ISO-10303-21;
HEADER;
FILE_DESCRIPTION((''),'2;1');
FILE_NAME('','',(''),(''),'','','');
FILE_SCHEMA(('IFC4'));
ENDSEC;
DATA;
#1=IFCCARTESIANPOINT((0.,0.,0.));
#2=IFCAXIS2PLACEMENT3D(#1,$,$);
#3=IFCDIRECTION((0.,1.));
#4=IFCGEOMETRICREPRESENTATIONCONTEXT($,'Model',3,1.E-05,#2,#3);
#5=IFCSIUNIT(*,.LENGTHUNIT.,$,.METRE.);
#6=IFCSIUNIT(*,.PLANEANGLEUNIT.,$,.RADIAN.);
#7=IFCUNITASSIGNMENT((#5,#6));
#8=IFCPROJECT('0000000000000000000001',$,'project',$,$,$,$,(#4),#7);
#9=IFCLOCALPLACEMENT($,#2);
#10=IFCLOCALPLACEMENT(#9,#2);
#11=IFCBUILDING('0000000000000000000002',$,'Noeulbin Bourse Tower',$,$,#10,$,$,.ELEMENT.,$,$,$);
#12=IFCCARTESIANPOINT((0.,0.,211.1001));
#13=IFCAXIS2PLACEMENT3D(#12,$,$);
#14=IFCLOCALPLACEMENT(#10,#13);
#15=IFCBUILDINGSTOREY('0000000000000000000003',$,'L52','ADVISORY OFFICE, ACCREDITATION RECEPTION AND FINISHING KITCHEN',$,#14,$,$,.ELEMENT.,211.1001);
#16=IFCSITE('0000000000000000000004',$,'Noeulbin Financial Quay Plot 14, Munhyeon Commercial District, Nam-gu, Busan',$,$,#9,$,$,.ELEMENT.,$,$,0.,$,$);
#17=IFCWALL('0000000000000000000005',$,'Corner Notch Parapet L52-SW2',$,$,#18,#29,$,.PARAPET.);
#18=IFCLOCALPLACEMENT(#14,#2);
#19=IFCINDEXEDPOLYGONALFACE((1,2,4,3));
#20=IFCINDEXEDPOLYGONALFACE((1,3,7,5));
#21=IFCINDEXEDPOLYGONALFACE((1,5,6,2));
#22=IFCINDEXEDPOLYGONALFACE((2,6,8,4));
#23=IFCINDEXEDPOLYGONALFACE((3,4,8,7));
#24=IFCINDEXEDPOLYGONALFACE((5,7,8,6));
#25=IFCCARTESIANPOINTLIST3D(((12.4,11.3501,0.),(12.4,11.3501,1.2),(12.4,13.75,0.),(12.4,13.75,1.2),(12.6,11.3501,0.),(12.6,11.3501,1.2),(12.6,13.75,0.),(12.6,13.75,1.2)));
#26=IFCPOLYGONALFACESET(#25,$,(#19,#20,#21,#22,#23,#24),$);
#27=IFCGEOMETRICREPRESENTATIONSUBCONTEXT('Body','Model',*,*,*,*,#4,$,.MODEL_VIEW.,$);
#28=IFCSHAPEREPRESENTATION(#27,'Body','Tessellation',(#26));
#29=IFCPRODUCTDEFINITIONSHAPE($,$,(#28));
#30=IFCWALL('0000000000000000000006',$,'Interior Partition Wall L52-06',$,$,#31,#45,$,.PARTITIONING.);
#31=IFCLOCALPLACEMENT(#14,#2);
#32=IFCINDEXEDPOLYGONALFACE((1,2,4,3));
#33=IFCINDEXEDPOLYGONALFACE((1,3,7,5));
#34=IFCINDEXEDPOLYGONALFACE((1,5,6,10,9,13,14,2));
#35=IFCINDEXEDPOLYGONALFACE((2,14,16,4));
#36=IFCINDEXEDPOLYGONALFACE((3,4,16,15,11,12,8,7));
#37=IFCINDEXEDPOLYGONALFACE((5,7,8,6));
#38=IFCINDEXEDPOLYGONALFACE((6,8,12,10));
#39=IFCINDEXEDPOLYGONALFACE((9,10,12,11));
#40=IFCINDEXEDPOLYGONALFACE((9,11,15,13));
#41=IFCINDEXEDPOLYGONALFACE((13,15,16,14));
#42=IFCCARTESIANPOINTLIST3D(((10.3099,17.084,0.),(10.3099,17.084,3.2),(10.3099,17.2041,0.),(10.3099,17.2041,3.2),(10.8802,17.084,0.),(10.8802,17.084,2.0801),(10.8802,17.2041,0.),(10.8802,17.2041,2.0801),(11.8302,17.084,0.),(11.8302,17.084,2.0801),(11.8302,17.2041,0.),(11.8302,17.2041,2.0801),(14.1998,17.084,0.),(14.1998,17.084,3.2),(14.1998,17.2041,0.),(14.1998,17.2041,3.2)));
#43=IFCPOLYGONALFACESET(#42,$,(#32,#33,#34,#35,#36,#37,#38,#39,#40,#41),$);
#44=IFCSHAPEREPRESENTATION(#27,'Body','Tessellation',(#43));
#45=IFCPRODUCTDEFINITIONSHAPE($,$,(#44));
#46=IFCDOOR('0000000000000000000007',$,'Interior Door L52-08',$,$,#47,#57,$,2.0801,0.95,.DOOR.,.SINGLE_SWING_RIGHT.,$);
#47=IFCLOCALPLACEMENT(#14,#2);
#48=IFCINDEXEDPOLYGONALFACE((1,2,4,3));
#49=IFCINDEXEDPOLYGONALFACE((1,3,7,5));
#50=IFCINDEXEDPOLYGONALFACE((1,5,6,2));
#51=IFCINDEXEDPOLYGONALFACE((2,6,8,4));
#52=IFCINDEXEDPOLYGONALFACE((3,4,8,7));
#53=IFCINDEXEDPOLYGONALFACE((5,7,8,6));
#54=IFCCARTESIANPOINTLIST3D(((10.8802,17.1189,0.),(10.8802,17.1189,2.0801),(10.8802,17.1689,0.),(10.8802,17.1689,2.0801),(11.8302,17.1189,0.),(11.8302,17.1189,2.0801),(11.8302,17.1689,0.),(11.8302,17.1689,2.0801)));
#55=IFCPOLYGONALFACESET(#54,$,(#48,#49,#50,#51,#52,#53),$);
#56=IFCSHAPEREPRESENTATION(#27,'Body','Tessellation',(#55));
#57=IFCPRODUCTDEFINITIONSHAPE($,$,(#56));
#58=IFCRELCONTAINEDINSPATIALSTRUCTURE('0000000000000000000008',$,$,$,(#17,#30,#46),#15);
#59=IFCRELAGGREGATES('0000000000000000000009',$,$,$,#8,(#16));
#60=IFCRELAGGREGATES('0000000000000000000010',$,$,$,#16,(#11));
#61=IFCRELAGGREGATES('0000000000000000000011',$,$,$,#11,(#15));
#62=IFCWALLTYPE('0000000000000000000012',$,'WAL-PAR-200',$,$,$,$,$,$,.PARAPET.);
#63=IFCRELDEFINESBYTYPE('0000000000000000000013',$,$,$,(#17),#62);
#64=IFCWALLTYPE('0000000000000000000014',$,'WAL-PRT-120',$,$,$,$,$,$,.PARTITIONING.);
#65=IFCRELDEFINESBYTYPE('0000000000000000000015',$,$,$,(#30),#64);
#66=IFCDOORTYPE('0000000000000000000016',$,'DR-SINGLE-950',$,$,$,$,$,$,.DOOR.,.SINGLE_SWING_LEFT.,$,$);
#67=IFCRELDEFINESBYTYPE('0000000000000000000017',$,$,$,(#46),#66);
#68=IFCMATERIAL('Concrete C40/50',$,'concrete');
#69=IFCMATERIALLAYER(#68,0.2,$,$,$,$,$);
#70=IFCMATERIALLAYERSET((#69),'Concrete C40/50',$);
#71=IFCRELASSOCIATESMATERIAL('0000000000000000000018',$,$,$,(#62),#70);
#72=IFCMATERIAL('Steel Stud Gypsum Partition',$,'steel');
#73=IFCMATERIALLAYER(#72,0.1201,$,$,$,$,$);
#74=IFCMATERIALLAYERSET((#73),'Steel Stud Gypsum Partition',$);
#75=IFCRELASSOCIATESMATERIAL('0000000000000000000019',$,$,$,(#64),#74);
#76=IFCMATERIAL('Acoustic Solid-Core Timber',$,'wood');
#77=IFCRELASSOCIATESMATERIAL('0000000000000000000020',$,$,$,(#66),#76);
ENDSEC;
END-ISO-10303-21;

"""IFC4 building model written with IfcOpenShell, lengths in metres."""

from ifc_helpers import new_model, si_unit, direction, frame, frame_2d, origin, place, context, subcontext, project, spatial, rectangle, extrude, material, layer, layer_set, type_object, element, fill, save


model = new_model("IFC4")

# Units and contexts
model_context = context("Model", 3, precision=1e-05, world=origin(), true_north=direction((0.0, 1.0)))
body_context = subcontext(model_context, "Body", "Model", "MODEL_VIEW")
ifc_project = project(units=[si_unit("LENGTHUNIT", "METRE"), si_unit("PLANEANGLEUNIT", "RADIAN")], contexts=[model_context])

# Site, building, storey
site_placement = place(None, origin())
site = spatial("IfcSite", under=ifc_project, at=site_placement, Name="Noeulbin Financial Quay Plot 14, Munhyeon Commercial District, Nam-gu, Busan", CompositionType="ELEMENT", RefElevation=0.0)
building_placement = place(site_placement, origin())
building = spatial("IfcBuilding", under=site, at=building_placement, Name="Noeulbin Bourse Tower", CompositionType="ELEMENT")
storey_placement = place(building_placement, frame((0.0, 0.0, 211.1001)))
storey = spatial("IfcBuildingStorey", under=building, at=storey_placement, Name="L52", Description="ADVISORY OFFICE, ACCREDITATION RECEPTION AND FINISHING KITCHEN", CompositionType="ELEMENT", Elevation=211.1001)

# Wall
ifc_material_1 = material(Name="Concrete C40/50", Category="concrete")
ifc_layer_1 = layer(ifc_material_1, 0.2)
ifc_layer_set_1 = layer_set([ifc_layer_1], Name="Concrete C40/50")
wall_type_1 = type_object("IfcWallType", Name="WAL-PAR-200", PredefinedType="PARAPET", material=ifc_layer_set_1)
for number, where, z_axis, x_axis, name in (
    (1, (12.5, 13.75, 0.0), (0.0, 0.0, 1.0), (0.0, -1.0, 0.0), "Corner Notch Parapet L52-SW2"),
):
    element("IfcWall", number, at=place(storey_placement, frame(where, z_axis=z_axis, x_axis=x_axis)), inside=storey, type_object=wall_type_1, Name=name, PredefinedType="PARAPET", context=body_context, shape_type="SweptSolid", body=[
        extrude(rectangle(XDim=2.3999, YDim=0.2, at=frame_2d((1.2, 0.0))), origin(), (0.0, 0.0, 1.0), 1.2),
    ])

# Wall, opening, door
ifc_material_2 = material(Name="Steel Stud Gypsum Partition", Category="steel")
ifc_layer_2 = layer(ifc_material_2, 0.1201)
ifc_layer_set_2 = layer_set([ifc_layer_2], Name="Steel Stud Gypsum Partition")
wall_type_2 = type_object("IfcWallType", Name="WAL-PRT-120", PredefinedType="PARTITIONING", material=ifc_layer_set_2)
wall_placement = place(storey_placement, frame((10.3101, 17.144, 0.0), z_axis=(0.0, 0.0, 1.0), x_axis=(1.0, 0.0, 0.0)))
wall = element("IfcWall", 2, at=wall_placement, inside=storey, type_object=wall_type_2, Name="Interior Partition Wall L52-06", PredefinedType="PARTITIONING", context=body_context, shape_type="SweptSolid", body=[
    extrude(rectangle(XDim=3.8899, YDim=0.1201, at=frame_2d((1.9448, 0.0))), origin(), (0.0, 0.0, 1.0), 3.2),
])
opening_placement = place(wall_placement, frame((0.5701, 0.0, 0.0)))
opening = element("IfcOpeningElement", 3, at=opening_placement, cuts=wall, PredefinedType="OPENING", context=body_context, shape_type="SweptSolid", body=[
    extrude(rectangle(XDim=0.95, YDim=2.0801, at=frame_2d((0.4751, 1.04))), frame((0.0, 0.0701, 0.0), z_axis=(0.0, -1.0, 0.0), x_axis=(1.0, 0.0, 0.0)), (0.0, 0.0, 1.0), 0.1401),
])
ifc_material_3 = material(Name="Acoustic Solid-Core Timber", Category="wood")
door_type = type_object("IfcDoorType", Name="DR-SINGLE-950", OperationType="SINGLE_SWING_LEFT", PredefinedType="DOOR", material=ifc_material_3)
door_placement = place(opening_placement, origin())
door = element("IfcDoor", 4, at=door_placement, inside=storey, type_object=door_type, Name="Interior Door L52-08", OperationType="SINGLE_SWING_RIGHT", OverallHeight=2.0801, OverallWidth=0.95, PredefinedType="DOOR", context=body_context, shape_type="SweptSolid", body=[
    extrude(rectangle(XDim=0.95, YDim=2.0801, at=frame_2d((0.4751, 1.04))), frame((0.0, 0.0249, 0.0), z_axis=(0.0, -1.0, 0.0), x_axis=(1.0, 0.0, 0.0)), (0.0, 0.0, 1.0), 0.05),
])
fill(opening, door)

save(model, "model.ifc")
